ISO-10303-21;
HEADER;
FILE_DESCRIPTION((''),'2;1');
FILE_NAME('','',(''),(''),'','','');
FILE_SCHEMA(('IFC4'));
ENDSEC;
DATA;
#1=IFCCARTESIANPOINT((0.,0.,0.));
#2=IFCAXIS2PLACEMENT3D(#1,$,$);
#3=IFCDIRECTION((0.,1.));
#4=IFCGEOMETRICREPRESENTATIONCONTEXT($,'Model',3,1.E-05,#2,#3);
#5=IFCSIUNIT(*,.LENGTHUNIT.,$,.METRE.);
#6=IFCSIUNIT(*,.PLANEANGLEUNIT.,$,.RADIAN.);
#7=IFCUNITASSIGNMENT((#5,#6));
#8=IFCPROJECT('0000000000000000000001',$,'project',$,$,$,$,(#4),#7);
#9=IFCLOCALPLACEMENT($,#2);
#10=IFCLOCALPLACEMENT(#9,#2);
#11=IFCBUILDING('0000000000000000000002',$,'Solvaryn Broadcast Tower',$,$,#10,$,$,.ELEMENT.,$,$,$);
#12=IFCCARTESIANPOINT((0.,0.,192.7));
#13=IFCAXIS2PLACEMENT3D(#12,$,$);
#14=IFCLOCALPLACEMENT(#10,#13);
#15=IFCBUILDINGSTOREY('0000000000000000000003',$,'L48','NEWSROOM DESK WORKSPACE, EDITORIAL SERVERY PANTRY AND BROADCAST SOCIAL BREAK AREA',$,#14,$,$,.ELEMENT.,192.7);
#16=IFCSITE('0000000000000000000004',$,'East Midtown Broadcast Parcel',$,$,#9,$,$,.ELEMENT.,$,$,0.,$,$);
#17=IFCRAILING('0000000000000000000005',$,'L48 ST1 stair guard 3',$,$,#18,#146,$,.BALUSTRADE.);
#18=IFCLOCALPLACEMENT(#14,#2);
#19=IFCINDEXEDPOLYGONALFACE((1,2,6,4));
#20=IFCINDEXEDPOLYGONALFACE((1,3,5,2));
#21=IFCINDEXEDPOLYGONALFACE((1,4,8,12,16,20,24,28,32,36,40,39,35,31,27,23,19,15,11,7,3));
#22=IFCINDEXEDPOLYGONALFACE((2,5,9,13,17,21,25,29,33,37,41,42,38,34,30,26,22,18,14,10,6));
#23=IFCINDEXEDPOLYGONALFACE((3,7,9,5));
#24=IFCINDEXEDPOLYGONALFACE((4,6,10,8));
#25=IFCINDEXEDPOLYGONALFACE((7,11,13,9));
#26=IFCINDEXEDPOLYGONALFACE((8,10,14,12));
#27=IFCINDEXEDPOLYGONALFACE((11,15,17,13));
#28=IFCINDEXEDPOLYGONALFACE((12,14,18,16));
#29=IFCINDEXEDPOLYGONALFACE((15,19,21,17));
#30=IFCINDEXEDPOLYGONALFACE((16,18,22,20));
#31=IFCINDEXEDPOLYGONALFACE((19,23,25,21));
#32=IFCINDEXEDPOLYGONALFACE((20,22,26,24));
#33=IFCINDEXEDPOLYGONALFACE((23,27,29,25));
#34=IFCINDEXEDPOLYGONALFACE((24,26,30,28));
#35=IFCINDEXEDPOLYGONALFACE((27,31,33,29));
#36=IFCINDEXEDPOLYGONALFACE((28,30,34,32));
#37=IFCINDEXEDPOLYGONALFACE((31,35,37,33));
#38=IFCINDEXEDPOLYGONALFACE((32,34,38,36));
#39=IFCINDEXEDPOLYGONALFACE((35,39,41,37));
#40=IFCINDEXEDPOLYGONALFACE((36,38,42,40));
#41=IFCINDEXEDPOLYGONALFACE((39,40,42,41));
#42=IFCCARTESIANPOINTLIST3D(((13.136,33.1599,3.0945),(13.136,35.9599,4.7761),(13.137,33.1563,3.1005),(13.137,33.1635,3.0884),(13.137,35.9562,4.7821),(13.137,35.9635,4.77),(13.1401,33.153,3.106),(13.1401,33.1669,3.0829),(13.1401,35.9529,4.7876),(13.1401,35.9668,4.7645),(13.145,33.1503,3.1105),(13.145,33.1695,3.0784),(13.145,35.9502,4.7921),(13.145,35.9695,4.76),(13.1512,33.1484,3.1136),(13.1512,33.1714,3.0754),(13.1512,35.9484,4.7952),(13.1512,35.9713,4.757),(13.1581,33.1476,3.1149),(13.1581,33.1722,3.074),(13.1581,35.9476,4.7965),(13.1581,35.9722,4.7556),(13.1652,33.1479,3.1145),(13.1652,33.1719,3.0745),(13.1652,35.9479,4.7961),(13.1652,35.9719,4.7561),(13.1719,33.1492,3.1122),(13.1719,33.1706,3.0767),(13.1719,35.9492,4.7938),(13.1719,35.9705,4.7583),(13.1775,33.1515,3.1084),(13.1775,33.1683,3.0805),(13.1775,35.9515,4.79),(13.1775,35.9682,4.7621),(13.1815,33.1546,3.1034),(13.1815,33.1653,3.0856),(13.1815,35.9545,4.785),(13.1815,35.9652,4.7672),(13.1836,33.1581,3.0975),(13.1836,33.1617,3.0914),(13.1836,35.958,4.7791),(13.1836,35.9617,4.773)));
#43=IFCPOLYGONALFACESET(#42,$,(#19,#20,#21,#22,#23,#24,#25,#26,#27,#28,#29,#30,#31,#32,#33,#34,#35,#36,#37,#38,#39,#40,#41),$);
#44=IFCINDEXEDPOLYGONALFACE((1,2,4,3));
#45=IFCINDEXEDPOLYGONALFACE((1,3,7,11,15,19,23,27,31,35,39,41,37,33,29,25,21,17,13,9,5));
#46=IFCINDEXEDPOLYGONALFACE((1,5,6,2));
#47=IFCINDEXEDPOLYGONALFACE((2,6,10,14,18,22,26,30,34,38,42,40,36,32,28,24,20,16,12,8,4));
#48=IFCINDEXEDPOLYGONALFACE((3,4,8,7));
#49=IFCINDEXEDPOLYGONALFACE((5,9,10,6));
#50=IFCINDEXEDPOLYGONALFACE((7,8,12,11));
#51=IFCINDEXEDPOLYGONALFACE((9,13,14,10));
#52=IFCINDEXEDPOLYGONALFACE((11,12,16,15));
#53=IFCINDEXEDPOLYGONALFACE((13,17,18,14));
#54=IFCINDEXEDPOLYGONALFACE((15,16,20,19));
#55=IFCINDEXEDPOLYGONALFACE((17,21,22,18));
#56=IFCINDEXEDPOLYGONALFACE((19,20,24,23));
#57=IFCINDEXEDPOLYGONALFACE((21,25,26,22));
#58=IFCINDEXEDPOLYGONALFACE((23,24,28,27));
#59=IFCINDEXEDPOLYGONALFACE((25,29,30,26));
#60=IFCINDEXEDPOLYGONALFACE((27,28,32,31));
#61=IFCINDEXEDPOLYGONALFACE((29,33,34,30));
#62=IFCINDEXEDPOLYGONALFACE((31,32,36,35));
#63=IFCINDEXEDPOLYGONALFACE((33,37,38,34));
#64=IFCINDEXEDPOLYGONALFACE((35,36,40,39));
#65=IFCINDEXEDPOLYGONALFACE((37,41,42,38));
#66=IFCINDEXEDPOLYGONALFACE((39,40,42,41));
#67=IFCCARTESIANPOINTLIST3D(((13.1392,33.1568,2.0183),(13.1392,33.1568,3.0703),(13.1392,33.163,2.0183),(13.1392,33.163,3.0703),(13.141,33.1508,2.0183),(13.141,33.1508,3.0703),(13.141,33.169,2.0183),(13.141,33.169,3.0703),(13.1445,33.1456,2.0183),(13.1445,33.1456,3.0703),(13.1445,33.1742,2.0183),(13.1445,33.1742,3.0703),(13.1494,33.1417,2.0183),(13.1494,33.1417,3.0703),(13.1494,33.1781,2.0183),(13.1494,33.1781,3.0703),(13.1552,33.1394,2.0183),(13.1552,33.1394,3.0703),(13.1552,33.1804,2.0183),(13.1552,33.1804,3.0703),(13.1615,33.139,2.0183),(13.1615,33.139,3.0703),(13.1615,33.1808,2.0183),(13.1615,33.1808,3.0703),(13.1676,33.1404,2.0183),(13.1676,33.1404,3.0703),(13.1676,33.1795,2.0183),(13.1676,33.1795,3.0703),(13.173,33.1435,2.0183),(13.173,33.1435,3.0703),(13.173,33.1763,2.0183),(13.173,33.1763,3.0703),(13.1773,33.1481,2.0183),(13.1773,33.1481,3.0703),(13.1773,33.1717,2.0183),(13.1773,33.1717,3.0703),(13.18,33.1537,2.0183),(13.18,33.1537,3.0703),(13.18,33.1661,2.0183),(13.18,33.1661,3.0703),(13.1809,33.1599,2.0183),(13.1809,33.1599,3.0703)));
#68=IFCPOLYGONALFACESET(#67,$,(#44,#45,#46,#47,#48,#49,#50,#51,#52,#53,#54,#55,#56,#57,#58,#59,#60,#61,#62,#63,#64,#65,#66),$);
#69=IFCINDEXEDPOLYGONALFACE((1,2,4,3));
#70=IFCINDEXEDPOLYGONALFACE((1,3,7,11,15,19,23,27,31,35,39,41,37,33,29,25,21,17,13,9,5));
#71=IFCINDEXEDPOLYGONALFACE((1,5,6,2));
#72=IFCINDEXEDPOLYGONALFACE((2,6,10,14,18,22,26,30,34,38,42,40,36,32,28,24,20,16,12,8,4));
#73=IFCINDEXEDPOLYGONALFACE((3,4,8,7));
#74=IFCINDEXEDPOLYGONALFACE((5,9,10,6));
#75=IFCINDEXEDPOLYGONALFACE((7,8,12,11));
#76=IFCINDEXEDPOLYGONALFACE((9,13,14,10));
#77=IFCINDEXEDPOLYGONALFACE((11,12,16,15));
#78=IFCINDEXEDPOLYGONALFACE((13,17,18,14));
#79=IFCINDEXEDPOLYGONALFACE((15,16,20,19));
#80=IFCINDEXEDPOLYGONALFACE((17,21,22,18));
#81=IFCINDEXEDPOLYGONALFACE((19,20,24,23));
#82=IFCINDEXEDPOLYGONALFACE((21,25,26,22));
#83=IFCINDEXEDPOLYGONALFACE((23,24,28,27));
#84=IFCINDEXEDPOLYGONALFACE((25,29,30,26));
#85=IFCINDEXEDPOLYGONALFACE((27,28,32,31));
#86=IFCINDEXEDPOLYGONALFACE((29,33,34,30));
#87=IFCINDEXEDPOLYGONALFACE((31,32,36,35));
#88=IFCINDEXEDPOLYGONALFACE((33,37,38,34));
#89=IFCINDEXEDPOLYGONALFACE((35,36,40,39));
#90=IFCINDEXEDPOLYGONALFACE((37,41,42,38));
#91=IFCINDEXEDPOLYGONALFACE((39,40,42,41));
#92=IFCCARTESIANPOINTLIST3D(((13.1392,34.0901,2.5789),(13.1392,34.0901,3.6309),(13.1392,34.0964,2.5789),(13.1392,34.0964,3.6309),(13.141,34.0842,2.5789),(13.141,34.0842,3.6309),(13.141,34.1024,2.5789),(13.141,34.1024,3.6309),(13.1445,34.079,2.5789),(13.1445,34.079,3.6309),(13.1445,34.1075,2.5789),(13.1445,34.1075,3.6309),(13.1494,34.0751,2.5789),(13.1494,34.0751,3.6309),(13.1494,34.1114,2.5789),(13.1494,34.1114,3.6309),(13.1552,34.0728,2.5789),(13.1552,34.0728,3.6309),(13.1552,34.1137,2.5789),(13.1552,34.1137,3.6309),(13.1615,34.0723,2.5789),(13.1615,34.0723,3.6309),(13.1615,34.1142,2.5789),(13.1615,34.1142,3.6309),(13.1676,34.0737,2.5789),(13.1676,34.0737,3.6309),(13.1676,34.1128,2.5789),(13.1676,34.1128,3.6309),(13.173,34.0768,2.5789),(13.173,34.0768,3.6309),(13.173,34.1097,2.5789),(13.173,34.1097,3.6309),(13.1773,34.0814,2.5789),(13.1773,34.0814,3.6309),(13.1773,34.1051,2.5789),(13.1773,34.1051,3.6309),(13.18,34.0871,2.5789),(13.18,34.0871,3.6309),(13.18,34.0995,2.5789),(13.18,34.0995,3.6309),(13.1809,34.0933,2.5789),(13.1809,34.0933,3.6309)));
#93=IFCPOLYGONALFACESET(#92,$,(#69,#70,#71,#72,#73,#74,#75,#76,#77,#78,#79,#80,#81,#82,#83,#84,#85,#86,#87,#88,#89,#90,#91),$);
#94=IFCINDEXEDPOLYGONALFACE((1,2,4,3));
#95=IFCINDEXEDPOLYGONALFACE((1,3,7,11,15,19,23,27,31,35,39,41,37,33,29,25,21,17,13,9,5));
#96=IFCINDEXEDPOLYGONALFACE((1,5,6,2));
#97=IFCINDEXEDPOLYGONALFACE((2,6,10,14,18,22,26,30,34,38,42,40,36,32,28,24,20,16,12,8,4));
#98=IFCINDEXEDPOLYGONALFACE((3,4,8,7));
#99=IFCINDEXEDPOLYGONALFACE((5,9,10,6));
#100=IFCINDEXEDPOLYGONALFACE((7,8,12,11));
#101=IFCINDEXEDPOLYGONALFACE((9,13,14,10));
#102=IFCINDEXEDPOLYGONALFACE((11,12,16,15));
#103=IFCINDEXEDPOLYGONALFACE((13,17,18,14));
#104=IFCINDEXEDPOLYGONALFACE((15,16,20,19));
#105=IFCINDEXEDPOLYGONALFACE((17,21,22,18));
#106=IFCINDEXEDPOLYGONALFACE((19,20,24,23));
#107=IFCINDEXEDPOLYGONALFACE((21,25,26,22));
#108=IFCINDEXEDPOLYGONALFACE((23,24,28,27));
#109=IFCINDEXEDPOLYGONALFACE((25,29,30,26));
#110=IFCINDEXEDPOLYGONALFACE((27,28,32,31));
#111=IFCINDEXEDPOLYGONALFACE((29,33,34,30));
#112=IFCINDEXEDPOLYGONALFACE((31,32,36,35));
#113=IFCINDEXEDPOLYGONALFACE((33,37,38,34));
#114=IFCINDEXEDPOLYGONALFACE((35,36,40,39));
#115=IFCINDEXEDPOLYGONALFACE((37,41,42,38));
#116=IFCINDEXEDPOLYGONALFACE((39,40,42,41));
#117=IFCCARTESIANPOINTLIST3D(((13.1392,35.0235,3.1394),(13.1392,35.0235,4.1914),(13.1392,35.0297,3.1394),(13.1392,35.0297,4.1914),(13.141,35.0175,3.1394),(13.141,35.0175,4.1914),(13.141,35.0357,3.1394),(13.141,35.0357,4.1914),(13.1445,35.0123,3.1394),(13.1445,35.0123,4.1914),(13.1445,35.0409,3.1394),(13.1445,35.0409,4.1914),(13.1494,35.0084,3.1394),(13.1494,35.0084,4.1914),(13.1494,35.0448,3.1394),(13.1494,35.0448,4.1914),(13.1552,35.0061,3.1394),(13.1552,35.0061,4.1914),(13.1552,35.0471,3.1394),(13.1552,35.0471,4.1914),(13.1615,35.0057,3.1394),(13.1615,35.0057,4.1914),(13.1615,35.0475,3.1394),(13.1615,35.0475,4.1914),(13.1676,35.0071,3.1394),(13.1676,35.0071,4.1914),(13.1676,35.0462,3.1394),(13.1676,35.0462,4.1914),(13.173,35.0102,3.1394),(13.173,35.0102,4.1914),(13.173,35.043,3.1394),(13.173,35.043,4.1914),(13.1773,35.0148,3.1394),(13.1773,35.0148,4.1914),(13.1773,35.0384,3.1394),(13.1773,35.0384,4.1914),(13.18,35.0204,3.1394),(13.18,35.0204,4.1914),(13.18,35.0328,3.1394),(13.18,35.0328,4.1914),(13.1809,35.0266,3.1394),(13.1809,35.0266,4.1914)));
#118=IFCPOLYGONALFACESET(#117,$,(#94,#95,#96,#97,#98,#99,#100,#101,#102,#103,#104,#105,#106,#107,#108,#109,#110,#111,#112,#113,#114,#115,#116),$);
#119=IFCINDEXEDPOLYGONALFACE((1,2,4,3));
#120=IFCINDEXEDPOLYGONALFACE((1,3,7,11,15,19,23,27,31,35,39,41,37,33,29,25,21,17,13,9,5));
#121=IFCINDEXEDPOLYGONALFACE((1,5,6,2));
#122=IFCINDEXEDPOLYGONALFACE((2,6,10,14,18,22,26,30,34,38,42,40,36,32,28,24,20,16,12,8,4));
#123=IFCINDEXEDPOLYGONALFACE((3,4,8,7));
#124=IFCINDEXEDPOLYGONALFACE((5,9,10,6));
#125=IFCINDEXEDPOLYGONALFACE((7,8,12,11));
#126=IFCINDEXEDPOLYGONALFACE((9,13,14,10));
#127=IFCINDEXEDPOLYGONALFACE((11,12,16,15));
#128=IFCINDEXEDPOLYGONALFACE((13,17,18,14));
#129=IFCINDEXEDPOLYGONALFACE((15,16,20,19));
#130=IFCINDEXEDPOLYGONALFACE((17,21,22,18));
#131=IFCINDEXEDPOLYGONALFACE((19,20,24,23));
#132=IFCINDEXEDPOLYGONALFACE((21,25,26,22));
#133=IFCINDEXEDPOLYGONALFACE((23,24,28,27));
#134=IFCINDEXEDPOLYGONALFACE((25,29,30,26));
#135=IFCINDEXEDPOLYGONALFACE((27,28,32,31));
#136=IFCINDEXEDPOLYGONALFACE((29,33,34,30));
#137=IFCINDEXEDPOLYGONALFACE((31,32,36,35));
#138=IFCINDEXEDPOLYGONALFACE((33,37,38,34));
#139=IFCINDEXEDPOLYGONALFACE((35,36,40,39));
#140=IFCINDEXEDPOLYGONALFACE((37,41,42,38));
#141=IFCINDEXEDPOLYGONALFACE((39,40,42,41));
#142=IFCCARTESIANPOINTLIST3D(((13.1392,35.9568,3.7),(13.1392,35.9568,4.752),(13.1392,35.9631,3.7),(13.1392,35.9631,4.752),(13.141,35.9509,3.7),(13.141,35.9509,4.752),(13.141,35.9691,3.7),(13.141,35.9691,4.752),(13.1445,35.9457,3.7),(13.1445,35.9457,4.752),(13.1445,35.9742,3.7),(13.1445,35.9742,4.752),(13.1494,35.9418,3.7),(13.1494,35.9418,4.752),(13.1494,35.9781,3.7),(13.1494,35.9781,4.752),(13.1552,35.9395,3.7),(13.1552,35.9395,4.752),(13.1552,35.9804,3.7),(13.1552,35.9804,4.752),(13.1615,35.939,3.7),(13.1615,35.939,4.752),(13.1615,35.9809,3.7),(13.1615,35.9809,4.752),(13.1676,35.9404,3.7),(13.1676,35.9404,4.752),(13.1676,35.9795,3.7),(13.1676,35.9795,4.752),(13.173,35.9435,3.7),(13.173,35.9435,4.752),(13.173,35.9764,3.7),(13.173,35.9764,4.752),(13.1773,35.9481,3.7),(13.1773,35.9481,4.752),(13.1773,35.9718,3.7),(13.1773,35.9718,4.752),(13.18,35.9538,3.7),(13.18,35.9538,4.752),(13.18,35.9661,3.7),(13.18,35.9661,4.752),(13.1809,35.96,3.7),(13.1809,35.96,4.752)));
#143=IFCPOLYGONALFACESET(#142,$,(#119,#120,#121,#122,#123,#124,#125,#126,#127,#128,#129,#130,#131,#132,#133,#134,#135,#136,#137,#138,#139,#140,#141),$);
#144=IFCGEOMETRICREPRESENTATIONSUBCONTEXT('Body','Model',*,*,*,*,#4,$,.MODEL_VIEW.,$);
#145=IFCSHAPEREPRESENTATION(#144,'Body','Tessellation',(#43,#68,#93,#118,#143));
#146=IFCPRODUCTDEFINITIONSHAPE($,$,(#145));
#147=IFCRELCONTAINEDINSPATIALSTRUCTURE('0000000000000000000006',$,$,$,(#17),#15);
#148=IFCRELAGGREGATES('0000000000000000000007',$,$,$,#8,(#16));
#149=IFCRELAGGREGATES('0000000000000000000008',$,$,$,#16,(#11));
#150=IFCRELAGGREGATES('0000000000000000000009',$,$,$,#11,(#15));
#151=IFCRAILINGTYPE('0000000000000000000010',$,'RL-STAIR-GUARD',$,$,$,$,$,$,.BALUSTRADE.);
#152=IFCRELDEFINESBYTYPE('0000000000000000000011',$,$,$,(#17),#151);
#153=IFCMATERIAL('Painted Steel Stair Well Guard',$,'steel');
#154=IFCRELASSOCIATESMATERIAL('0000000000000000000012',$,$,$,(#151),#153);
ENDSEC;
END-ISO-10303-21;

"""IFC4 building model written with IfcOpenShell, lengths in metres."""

from ifc_helpers import new_model, si_unit, direction, frame, origin, origin_2d, place, context, subcontext, project, spatial, circle, extrude, material, type_object, element, save


model = new_model("IFC4")

# Units and contexts
model_context = context("Model", 3, precision=1e-05, world=origin(), true_north=direction((0.0, 1.0)))
body_context = subcontext(model_context, "Body", "Model", "MODEL_VIEW")
ifc_project = project(units=[si_unit("LENGTHUNIT", "METRE"), si_unit("PLANEANGLEUNIT", "RADIAN")], contexts=[model_context])

# Site, building, storey
site_placement = place(None, origin())
site = spatial("IfcSite", under=ifc_project, at=site_placement, Name="East Midtown Broadcast Parcel", CompositionType="ELEMENT", RefElevation=0.0)
building_placement = place(site_placement, origin())
building = spatial("IfcBuilding", under=site, at=building_placement, Name="Solvaryn Broadcast Tower", CompositionType="ELEMENT")
storey_placement = place(building_placement, frame((0.0, 0.0, 192.7)))
storey = spatial("IfcBuildingStorey", under=building, at=storey_placement, Name="L48", Description="NEWSROOM DESK WORKSPACE, EDITORIAL SERVERY PANTRY AND BROADCAST SOCIAL BREAK AREA", CompositionType="ELEMENT", Elevation=192.7)

# Railing
ifc_material_1 = material(Name="Painted Steel Stair Well Guard", Category="steel")
railing_type_1 = type_object("IfcRailingType", Name="RL-STAIR-GUARD", PredefinedType="BALUSTRADE", material=ifc_material_1)
railing_1_placement = place(storey_placement, frame((13.1599, 33.1599, 2.0183)))
element("IfcRailing", 1, at=railing_1_placement, inside=storey, type_object=railing_type_1, Name="L48 ST1 stair guard 3", PredefinedType="BALUSTRADE", context=body_context, shape_type="SweptSolid", body=[
    extrude(circle(Radius=0.0239, at=origin_2d()), frame((0.0, 0.0, 1.0762), z_axis=(0.0, 0.857275, 0.514858), x_axis=(-1.0, 0.0, 0.0)), (0.0, 0.0, 1.0), 3.2661),
    extrude(circle(Radius=0.021, at=origin_2d()), origin(), (0.0, 0.0, 1.0), 1.052),
    extrude(circle(Radius=0.021, at=origin_2d()), frame((0.0, 0.9333, 0.5605)), (0.0, 0.0, 1.0), 1.052),
    extrude(circle(Radius=0.021, at=origin_2d()), frame((0.0, 1.8667, 1.1211)), (0.0, 0.0, 1.0), 1.052),
    extrude(circle(Radius=0.021, at=origin_2d()), frame((0.0, 2.8, 1.6816)), (0.0, 0.0, 1.0), 1.052),
])

save(model, "model.ifc")
